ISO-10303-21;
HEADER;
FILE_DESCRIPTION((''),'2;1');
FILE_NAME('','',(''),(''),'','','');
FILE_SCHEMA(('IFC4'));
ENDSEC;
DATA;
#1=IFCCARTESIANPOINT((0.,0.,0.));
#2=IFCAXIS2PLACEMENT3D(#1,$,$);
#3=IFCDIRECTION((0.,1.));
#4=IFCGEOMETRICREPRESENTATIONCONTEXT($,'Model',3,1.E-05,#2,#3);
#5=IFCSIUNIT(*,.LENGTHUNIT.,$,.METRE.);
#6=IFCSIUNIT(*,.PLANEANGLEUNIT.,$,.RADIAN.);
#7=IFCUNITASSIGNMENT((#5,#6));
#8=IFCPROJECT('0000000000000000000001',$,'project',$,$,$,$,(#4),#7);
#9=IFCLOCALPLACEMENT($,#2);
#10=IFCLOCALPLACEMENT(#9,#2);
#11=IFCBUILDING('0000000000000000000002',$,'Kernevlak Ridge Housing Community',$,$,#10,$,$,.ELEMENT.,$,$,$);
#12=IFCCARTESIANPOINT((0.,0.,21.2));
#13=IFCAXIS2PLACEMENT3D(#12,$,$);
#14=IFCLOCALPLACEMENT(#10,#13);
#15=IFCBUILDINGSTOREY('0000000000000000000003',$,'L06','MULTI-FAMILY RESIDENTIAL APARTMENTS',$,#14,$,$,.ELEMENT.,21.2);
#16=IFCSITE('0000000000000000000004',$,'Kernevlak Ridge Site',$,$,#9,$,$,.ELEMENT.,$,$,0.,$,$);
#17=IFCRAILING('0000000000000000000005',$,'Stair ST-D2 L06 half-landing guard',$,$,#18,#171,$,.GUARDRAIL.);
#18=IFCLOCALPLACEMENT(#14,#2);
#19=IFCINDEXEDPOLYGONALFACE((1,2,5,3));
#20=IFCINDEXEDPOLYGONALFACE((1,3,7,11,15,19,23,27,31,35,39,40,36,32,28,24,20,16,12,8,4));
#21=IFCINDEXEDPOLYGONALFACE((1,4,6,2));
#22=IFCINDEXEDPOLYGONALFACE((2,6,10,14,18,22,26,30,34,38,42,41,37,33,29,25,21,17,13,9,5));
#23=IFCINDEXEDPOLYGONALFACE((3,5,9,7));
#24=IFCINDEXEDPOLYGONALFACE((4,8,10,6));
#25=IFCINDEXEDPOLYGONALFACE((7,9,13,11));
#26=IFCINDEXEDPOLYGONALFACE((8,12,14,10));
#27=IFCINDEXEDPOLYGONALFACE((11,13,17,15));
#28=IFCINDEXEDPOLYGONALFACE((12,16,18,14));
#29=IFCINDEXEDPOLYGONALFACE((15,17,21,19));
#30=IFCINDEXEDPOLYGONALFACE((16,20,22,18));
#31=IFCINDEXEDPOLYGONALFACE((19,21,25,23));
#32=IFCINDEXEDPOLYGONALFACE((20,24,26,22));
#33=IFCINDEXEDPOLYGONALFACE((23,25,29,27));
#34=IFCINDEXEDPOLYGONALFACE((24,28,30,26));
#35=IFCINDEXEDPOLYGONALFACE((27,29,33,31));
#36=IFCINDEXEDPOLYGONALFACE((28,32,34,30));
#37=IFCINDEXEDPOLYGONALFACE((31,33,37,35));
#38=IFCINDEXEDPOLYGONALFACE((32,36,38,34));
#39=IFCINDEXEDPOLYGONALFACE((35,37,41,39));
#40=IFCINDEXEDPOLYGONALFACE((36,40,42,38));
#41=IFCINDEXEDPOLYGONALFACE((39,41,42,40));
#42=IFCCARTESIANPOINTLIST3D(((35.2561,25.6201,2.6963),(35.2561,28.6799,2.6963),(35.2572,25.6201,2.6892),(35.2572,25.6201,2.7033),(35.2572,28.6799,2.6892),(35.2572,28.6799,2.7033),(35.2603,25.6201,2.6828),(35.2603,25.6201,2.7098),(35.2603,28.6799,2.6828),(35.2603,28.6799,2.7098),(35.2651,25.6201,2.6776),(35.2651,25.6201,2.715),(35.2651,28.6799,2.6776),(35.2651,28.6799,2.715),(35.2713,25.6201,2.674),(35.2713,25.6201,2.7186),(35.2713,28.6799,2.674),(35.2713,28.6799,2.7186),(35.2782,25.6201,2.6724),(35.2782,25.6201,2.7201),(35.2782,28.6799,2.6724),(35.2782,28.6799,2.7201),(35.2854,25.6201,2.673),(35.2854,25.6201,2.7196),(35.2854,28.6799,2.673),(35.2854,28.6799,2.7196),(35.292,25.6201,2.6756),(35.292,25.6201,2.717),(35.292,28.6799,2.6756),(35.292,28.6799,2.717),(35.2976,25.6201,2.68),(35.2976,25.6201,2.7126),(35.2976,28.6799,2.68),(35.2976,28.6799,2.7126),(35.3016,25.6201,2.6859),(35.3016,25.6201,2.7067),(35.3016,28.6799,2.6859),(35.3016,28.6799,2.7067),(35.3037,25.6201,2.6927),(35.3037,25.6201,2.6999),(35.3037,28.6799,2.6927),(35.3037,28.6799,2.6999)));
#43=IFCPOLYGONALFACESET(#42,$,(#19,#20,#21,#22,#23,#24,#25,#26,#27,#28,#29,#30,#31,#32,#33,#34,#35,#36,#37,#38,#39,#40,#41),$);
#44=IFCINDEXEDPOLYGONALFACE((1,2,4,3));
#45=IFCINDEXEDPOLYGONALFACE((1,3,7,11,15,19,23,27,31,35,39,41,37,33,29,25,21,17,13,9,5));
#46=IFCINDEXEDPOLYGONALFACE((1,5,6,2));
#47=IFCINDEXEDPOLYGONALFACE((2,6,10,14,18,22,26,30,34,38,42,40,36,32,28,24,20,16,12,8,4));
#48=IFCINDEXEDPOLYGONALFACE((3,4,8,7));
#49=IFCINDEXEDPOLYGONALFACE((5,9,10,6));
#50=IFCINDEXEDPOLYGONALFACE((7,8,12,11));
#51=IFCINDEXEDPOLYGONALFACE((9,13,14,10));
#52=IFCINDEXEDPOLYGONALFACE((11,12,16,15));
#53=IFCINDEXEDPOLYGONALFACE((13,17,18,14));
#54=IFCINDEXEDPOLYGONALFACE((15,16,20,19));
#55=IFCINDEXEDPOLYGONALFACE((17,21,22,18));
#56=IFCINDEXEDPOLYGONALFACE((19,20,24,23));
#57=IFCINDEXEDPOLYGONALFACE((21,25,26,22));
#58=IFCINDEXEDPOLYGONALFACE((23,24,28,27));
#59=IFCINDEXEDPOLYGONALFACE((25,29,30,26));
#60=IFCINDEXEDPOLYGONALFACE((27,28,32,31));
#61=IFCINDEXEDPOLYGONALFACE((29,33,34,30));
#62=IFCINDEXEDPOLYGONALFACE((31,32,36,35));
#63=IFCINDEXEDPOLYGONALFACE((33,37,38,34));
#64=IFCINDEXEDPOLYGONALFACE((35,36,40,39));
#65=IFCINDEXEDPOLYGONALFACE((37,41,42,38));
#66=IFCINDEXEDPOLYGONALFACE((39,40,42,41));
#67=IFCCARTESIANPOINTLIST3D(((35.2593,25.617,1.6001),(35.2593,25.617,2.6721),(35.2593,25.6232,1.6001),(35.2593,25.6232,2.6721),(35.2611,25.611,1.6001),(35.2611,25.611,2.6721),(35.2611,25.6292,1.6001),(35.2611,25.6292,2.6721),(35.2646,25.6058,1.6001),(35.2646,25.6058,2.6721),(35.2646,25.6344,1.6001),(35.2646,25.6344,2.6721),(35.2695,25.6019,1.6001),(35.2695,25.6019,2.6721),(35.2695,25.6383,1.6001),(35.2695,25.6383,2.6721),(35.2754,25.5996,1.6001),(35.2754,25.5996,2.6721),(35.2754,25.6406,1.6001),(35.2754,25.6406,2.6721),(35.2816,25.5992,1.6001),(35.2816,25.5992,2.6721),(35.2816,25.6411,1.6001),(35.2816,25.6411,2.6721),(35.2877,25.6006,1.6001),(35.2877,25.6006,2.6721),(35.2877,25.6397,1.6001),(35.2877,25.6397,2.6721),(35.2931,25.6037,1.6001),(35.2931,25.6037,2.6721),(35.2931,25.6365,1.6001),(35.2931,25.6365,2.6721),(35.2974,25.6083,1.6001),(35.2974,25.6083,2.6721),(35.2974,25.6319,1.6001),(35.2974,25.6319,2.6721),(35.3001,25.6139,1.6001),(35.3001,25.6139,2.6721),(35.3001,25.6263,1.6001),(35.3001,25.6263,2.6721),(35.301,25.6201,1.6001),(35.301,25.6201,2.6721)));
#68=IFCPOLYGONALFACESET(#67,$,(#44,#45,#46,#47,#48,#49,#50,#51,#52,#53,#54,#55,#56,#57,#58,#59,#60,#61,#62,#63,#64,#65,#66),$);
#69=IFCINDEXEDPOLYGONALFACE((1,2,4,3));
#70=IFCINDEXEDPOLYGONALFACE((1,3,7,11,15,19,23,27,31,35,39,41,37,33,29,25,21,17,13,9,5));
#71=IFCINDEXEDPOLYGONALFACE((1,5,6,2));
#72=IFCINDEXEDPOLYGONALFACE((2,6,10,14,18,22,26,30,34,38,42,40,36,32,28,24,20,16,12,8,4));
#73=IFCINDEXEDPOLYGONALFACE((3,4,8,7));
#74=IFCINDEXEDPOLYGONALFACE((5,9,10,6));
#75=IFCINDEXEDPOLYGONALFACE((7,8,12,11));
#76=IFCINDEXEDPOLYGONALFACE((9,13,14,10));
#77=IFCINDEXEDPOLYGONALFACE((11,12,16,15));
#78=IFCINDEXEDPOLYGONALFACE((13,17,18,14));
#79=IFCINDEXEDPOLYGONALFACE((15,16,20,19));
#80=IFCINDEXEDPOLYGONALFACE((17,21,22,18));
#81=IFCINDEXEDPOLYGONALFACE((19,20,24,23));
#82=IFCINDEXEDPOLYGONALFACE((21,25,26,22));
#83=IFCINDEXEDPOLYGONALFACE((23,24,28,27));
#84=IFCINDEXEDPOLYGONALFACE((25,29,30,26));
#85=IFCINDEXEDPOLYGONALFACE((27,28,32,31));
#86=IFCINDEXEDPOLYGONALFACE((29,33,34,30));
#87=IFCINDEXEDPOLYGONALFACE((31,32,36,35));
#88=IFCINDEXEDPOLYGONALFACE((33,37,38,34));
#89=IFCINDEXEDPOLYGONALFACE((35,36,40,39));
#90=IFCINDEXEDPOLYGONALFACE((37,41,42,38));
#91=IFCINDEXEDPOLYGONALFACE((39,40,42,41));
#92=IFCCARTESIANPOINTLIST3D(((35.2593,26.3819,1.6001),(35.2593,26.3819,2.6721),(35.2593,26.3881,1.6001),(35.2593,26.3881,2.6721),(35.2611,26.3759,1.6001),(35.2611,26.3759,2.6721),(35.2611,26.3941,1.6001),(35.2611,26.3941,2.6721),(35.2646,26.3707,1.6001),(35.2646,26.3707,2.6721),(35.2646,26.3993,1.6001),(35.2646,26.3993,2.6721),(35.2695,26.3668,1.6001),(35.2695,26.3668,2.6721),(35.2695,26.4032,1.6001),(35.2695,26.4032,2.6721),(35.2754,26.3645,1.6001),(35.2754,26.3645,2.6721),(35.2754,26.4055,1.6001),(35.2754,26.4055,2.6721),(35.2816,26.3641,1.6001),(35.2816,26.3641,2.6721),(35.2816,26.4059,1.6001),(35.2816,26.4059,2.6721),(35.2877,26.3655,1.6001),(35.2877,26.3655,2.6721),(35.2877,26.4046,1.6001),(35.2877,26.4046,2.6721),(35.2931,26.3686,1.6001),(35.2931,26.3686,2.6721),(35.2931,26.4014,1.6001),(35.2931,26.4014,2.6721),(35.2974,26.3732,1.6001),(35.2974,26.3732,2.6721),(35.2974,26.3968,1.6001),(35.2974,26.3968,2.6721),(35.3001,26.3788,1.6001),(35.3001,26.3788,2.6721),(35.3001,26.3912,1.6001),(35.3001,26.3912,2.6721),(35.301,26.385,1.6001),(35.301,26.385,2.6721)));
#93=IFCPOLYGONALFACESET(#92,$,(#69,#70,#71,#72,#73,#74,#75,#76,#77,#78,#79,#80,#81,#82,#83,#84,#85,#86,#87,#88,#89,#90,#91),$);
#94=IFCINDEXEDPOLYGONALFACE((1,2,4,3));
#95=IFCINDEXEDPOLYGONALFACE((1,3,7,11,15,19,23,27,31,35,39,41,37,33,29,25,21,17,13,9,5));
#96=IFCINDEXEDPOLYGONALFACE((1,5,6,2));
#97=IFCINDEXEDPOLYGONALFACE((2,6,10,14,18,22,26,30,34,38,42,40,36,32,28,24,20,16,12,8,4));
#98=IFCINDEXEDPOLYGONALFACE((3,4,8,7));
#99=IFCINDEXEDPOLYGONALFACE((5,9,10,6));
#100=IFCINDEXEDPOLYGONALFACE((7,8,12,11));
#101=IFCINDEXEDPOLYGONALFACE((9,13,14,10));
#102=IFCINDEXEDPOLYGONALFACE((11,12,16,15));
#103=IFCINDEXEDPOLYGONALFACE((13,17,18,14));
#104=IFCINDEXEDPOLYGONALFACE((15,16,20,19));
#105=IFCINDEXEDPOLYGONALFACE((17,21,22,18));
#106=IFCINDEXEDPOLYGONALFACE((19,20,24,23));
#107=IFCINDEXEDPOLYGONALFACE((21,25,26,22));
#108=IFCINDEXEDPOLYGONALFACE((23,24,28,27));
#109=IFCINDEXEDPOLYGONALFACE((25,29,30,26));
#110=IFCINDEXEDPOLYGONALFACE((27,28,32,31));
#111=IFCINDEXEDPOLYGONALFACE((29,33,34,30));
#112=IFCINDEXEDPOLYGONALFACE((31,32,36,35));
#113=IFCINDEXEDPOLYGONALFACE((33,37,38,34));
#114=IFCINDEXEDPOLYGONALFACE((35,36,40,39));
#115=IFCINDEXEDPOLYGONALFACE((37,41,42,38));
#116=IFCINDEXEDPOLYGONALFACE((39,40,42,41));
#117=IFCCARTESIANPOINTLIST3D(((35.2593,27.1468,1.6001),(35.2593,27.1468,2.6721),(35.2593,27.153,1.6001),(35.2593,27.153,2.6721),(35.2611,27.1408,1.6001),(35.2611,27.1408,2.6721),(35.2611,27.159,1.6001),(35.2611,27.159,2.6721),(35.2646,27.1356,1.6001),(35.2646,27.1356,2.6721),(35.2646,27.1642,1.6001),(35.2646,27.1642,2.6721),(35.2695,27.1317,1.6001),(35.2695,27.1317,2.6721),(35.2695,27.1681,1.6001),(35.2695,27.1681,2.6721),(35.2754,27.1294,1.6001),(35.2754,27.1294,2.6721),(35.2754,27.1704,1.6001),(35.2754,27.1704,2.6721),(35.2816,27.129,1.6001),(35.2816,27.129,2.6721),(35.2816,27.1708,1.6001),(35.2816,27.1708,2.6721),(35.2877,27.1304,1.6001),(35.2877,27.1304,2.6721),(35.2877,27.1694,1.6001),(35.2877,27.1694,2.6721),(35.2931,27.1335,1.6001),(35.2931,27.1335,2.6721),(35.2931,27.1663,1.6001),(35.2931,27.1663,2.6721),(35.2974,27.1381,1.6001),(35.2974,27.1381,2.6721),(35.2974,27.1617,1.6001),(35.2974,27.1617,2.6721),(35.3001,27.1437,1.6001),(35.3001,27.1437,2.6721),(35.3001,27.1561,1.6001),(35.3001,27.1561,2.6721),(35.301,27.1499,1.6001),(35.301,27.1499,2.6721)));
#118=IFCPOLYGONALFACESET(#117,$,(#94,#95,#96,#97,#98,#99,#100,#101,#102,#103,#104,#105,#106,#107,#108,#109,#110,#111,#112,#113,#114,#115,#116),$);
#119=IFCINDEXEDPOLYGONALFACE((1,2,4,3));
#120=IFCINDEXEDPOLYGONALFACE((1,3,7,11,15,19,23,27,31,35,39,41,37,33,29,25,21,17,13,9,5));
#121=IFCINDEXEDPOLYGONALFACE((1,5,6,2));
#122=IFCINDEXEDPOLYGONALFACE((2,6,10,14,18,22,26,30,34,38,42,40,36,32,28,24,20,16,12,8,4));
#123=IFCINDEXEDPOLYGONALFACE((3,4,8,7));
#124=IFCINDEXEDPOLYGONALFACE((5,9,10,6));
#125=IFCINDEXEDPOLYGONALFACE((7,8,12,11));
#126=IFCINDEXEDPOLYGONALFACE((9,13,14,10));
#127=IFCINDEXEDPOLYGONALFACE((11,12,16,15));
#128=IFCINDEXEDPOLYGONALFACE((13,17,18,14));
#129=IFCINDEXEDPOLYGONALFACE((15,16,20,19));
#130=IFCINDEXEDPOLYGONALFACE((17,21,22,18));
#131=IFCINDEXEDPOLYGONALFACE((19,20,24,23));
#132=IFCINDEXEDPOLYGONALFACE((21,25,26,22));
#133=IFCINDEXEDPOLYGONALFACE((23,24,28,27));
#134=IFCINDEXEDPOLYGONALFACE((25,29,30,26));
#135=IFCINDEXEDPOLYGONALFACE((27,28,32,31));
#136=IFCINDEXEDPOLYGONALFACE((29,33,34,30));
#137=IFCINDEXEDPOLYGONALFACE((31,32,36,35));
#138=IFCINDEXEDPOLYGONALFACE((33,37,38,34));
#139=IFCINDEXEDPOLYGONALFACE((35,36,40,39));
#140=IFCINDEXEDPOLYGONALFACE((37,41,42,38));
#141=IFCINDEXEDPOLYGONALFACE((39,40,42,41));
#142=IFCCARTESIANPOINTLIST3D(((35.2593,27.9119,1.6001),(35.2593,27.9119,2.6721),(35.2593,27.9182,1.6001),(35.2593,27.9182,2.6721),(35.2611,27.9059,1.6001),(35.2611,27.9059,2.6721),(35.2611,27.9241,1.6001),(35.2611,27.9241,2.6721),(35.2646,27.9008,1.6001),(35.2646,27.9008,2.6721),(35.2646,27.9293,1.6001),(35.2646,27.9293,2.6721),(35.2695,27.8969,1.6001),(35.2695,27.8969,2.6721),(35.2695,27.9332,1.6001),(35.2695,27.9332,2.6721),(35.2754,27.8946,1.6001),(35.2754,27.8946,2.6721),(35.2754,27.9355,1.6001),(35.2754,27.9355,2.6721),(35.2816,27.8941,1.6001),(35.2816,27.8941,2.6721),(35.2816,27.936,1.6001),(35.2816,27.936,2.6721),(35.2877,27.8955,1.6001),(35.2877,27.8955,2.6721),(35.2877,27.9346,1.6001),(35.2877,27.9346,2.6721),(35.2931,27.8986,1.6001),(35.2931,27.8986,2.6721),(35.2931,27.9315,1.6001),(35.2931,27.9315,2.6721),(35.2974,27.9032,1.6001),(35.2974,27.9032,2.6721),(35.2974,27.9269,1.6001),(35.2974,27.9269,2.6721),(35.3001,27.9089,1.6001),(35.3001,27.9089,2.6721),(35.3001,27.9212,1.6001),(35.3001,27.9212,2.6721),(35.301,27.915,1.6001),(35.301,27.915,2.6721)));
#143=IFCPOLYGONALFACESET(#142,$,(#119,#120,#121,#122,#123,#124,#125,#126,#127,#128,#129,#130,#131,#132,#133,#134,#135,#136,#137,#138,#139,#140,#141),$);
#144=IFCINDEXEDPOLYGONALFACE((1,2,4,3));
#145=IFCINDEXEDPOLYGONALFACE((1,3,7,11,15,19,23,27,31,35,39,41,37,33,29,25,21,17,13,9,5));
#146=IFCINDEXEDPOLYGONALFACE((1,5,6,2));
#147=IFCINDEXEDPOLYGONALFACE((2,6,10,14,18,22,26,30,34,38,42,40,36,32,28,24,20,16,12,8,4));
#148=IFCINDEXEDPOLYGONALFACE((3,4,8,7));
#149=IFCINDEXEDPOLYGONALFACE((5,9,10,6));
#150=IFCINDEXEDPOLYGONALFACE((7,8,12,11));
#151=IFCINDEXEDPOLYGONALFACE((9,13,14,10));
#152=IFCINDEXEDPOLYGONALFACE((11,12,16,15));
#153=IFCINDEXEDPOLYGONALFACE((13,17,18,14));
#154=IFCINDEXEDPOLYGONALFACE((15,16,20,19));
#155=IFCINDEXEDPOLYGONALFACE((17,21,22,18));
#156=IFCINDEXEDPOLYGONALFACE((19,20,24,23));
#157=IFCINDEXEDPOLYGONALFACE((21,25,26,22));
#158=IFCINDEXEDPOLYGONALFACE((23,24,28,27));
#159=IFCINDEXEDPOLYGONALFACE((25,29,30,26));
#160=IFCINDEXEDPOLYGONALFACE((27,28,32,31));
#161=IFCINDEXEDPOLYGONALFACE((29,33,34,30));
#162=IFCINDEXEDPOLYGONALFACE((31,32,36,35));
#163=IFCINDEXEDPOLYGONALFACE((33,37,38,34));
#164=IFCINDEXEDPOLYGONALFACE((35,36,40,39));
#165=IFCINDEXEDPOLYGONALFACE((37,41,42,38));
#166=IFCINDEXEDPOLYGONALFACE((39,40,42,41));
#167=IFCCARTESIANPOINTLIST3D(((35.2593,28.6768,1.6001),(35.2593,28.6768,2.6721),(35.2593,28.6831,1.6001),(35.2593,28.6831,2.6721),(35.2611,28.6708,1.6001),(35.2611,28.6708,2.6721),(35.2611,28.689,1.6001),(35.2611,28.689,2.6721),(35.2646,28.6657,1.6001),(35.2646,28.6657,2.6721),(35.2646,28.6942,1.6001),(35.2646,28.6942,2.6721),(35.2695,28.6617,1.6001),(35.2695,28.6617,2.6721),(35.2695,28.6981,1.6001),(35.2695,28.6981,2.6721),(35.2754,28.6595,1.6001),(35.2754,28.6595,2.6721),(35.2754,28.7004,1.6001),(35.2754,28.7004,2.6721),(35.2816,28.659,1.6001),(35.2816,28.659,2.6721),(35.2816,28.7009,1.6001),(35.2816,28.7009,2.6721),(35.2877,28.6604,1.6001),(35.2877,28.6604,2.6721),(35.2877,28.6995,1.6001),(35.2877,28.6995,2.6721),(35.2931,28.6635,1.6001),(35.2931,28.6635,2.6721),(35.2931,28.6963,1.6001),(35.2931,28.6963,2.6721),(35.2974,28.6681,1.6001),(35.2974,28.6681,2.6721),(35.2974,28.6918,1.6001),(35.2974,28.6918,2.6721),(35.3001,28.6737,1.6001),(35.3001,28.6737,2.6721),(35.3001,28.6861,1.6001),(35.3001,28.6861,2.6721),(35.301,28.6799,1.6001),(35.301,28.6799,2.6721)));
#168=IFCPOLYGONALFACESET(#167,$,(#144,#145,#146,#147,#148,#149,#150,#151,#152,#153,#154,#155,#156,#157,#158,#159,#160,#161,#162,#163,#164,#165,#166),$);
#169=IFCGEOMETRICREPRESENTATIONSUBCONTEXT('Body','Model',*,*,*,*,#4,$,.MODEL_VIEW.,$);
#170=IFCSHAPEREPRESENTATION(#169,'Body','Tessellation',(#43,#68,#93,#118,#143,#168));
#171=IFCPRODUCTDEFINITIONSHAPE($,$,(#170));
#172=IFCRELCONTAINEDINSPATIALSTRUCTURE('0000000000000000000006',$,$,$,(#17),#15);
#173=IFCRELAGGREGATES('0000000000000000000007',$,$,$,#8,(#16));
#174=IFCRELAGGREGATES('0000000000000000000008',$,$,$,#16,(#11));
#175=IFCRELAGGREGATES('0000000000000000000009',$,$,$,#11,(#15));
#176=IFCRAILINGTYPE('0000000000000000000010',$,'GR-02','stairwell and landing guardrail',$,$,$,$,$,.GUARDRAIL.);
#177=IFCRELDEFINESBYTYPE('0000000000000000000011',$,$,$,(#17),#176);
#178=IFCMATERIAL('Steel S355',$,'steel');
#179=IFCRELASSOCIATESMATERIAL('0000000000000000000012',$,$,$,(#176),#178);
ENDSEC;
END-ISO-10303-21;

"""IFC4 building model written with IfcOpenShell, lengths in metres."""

from ifc_helpers import new_model, si_unit, direction, frame, origin, origin_2d, place, context, subcontext, project, spatial, circle, extrude, material, type_object, element, save


model = new_model("IFC4")

# Units and contexts
model_context = context("Model", 3, precision=1e-05, world=origin(), true_north=direction((0.0, 1.0)))
body_context = subcontext(model_context, "Body", "Model", "MODEL_VIEW")
ifc_project = project(units=[si_unit("LENGTHUNIT", "METRE"), si_unit("PLANEANGLEUNIT", "RADIAN")], contexts=[model_context])

# Site, building, storey
site_placement = place(None, origin())
site = spatial("IfcSite", under=ifc_project, at=site_placement, Name="Kernevlak Ridge Site", CompositionType="ELEMENT", RefElevation=0.0)
building_placement = place(site_placement, origin())
building = spatial("IfcBuilding", under=site, at=building_placement, Name="Kernevlak Ridge Housing Community", CompositionType="ELEMENT")
storey_placement = place(building_placement, frame((0.0, 0.0, 21.2)))
storey = spatial("IfcBuildingStorey", under=building, at=storey_placement, Name="L06", Description="MULTI-FAMILY RESIDENTIAL APARTMENTS", CompositionType="ELEMENT", Elevation=21.2)

# Railing
ifc_material_1 = material(Name="Steel S355", Category="steel")
railing_type_1 = type_object("IfcRailingType", Name="GR-02", Description="stairwell and landing guardrail", PredefinedType="GUARDRAIL", material=ifc_material_1)
railing_1_placement = place(storey_placement, frame((35.28, 25.6201, 1.6001)))
element("IfcRailing", 1, at=railing_1_placement, inside=storey, type_object=railing_type_1, Name="Stair ST-D2 L06 half-landing guard", PredefinedType="GUARDRAIL", context=body_context, shape_type="SweptSolid", body=[
    extrude(circle(Radius=0.0239, at=origin_2d()), frame((0.0, 0.0, 1.0962), z_axis=(0.0, 1.0, 0.0), x_axis=(-1.0, 0.0, 0.0)), (0.0, 0.0, 1.0), 3.0598),
    extrude(circle(Radius=0.021, at=origin_2d()), origin(), (0.0, 0.0, 1.0), 1.072),
    extrude(circle(Radius=0.021, at=origin_2d()), frame((0.0, 0.7649, 0.0)), (0.0, 0.0, 1.0), 1.072),
    extrude(circle(Radius=0.021, at=origin_2d()), frame((0.0, 1.5298, 0.0)), (0.0, 0.0, 1.0), 1.072),
    extrude(circle(Radius=0.021, at=origin_2d()), frame((0.0, 2.2949, 0.0)), (0.0, 0.0, 1.0), 1.072),
    extrude(circle(Radius=0.021, at=origin_2d()), frame((0.0, 3.0598, 0.0)), (0.0, 0.0, 1.0), 1.072),
])

save(model, "model.ifc")
